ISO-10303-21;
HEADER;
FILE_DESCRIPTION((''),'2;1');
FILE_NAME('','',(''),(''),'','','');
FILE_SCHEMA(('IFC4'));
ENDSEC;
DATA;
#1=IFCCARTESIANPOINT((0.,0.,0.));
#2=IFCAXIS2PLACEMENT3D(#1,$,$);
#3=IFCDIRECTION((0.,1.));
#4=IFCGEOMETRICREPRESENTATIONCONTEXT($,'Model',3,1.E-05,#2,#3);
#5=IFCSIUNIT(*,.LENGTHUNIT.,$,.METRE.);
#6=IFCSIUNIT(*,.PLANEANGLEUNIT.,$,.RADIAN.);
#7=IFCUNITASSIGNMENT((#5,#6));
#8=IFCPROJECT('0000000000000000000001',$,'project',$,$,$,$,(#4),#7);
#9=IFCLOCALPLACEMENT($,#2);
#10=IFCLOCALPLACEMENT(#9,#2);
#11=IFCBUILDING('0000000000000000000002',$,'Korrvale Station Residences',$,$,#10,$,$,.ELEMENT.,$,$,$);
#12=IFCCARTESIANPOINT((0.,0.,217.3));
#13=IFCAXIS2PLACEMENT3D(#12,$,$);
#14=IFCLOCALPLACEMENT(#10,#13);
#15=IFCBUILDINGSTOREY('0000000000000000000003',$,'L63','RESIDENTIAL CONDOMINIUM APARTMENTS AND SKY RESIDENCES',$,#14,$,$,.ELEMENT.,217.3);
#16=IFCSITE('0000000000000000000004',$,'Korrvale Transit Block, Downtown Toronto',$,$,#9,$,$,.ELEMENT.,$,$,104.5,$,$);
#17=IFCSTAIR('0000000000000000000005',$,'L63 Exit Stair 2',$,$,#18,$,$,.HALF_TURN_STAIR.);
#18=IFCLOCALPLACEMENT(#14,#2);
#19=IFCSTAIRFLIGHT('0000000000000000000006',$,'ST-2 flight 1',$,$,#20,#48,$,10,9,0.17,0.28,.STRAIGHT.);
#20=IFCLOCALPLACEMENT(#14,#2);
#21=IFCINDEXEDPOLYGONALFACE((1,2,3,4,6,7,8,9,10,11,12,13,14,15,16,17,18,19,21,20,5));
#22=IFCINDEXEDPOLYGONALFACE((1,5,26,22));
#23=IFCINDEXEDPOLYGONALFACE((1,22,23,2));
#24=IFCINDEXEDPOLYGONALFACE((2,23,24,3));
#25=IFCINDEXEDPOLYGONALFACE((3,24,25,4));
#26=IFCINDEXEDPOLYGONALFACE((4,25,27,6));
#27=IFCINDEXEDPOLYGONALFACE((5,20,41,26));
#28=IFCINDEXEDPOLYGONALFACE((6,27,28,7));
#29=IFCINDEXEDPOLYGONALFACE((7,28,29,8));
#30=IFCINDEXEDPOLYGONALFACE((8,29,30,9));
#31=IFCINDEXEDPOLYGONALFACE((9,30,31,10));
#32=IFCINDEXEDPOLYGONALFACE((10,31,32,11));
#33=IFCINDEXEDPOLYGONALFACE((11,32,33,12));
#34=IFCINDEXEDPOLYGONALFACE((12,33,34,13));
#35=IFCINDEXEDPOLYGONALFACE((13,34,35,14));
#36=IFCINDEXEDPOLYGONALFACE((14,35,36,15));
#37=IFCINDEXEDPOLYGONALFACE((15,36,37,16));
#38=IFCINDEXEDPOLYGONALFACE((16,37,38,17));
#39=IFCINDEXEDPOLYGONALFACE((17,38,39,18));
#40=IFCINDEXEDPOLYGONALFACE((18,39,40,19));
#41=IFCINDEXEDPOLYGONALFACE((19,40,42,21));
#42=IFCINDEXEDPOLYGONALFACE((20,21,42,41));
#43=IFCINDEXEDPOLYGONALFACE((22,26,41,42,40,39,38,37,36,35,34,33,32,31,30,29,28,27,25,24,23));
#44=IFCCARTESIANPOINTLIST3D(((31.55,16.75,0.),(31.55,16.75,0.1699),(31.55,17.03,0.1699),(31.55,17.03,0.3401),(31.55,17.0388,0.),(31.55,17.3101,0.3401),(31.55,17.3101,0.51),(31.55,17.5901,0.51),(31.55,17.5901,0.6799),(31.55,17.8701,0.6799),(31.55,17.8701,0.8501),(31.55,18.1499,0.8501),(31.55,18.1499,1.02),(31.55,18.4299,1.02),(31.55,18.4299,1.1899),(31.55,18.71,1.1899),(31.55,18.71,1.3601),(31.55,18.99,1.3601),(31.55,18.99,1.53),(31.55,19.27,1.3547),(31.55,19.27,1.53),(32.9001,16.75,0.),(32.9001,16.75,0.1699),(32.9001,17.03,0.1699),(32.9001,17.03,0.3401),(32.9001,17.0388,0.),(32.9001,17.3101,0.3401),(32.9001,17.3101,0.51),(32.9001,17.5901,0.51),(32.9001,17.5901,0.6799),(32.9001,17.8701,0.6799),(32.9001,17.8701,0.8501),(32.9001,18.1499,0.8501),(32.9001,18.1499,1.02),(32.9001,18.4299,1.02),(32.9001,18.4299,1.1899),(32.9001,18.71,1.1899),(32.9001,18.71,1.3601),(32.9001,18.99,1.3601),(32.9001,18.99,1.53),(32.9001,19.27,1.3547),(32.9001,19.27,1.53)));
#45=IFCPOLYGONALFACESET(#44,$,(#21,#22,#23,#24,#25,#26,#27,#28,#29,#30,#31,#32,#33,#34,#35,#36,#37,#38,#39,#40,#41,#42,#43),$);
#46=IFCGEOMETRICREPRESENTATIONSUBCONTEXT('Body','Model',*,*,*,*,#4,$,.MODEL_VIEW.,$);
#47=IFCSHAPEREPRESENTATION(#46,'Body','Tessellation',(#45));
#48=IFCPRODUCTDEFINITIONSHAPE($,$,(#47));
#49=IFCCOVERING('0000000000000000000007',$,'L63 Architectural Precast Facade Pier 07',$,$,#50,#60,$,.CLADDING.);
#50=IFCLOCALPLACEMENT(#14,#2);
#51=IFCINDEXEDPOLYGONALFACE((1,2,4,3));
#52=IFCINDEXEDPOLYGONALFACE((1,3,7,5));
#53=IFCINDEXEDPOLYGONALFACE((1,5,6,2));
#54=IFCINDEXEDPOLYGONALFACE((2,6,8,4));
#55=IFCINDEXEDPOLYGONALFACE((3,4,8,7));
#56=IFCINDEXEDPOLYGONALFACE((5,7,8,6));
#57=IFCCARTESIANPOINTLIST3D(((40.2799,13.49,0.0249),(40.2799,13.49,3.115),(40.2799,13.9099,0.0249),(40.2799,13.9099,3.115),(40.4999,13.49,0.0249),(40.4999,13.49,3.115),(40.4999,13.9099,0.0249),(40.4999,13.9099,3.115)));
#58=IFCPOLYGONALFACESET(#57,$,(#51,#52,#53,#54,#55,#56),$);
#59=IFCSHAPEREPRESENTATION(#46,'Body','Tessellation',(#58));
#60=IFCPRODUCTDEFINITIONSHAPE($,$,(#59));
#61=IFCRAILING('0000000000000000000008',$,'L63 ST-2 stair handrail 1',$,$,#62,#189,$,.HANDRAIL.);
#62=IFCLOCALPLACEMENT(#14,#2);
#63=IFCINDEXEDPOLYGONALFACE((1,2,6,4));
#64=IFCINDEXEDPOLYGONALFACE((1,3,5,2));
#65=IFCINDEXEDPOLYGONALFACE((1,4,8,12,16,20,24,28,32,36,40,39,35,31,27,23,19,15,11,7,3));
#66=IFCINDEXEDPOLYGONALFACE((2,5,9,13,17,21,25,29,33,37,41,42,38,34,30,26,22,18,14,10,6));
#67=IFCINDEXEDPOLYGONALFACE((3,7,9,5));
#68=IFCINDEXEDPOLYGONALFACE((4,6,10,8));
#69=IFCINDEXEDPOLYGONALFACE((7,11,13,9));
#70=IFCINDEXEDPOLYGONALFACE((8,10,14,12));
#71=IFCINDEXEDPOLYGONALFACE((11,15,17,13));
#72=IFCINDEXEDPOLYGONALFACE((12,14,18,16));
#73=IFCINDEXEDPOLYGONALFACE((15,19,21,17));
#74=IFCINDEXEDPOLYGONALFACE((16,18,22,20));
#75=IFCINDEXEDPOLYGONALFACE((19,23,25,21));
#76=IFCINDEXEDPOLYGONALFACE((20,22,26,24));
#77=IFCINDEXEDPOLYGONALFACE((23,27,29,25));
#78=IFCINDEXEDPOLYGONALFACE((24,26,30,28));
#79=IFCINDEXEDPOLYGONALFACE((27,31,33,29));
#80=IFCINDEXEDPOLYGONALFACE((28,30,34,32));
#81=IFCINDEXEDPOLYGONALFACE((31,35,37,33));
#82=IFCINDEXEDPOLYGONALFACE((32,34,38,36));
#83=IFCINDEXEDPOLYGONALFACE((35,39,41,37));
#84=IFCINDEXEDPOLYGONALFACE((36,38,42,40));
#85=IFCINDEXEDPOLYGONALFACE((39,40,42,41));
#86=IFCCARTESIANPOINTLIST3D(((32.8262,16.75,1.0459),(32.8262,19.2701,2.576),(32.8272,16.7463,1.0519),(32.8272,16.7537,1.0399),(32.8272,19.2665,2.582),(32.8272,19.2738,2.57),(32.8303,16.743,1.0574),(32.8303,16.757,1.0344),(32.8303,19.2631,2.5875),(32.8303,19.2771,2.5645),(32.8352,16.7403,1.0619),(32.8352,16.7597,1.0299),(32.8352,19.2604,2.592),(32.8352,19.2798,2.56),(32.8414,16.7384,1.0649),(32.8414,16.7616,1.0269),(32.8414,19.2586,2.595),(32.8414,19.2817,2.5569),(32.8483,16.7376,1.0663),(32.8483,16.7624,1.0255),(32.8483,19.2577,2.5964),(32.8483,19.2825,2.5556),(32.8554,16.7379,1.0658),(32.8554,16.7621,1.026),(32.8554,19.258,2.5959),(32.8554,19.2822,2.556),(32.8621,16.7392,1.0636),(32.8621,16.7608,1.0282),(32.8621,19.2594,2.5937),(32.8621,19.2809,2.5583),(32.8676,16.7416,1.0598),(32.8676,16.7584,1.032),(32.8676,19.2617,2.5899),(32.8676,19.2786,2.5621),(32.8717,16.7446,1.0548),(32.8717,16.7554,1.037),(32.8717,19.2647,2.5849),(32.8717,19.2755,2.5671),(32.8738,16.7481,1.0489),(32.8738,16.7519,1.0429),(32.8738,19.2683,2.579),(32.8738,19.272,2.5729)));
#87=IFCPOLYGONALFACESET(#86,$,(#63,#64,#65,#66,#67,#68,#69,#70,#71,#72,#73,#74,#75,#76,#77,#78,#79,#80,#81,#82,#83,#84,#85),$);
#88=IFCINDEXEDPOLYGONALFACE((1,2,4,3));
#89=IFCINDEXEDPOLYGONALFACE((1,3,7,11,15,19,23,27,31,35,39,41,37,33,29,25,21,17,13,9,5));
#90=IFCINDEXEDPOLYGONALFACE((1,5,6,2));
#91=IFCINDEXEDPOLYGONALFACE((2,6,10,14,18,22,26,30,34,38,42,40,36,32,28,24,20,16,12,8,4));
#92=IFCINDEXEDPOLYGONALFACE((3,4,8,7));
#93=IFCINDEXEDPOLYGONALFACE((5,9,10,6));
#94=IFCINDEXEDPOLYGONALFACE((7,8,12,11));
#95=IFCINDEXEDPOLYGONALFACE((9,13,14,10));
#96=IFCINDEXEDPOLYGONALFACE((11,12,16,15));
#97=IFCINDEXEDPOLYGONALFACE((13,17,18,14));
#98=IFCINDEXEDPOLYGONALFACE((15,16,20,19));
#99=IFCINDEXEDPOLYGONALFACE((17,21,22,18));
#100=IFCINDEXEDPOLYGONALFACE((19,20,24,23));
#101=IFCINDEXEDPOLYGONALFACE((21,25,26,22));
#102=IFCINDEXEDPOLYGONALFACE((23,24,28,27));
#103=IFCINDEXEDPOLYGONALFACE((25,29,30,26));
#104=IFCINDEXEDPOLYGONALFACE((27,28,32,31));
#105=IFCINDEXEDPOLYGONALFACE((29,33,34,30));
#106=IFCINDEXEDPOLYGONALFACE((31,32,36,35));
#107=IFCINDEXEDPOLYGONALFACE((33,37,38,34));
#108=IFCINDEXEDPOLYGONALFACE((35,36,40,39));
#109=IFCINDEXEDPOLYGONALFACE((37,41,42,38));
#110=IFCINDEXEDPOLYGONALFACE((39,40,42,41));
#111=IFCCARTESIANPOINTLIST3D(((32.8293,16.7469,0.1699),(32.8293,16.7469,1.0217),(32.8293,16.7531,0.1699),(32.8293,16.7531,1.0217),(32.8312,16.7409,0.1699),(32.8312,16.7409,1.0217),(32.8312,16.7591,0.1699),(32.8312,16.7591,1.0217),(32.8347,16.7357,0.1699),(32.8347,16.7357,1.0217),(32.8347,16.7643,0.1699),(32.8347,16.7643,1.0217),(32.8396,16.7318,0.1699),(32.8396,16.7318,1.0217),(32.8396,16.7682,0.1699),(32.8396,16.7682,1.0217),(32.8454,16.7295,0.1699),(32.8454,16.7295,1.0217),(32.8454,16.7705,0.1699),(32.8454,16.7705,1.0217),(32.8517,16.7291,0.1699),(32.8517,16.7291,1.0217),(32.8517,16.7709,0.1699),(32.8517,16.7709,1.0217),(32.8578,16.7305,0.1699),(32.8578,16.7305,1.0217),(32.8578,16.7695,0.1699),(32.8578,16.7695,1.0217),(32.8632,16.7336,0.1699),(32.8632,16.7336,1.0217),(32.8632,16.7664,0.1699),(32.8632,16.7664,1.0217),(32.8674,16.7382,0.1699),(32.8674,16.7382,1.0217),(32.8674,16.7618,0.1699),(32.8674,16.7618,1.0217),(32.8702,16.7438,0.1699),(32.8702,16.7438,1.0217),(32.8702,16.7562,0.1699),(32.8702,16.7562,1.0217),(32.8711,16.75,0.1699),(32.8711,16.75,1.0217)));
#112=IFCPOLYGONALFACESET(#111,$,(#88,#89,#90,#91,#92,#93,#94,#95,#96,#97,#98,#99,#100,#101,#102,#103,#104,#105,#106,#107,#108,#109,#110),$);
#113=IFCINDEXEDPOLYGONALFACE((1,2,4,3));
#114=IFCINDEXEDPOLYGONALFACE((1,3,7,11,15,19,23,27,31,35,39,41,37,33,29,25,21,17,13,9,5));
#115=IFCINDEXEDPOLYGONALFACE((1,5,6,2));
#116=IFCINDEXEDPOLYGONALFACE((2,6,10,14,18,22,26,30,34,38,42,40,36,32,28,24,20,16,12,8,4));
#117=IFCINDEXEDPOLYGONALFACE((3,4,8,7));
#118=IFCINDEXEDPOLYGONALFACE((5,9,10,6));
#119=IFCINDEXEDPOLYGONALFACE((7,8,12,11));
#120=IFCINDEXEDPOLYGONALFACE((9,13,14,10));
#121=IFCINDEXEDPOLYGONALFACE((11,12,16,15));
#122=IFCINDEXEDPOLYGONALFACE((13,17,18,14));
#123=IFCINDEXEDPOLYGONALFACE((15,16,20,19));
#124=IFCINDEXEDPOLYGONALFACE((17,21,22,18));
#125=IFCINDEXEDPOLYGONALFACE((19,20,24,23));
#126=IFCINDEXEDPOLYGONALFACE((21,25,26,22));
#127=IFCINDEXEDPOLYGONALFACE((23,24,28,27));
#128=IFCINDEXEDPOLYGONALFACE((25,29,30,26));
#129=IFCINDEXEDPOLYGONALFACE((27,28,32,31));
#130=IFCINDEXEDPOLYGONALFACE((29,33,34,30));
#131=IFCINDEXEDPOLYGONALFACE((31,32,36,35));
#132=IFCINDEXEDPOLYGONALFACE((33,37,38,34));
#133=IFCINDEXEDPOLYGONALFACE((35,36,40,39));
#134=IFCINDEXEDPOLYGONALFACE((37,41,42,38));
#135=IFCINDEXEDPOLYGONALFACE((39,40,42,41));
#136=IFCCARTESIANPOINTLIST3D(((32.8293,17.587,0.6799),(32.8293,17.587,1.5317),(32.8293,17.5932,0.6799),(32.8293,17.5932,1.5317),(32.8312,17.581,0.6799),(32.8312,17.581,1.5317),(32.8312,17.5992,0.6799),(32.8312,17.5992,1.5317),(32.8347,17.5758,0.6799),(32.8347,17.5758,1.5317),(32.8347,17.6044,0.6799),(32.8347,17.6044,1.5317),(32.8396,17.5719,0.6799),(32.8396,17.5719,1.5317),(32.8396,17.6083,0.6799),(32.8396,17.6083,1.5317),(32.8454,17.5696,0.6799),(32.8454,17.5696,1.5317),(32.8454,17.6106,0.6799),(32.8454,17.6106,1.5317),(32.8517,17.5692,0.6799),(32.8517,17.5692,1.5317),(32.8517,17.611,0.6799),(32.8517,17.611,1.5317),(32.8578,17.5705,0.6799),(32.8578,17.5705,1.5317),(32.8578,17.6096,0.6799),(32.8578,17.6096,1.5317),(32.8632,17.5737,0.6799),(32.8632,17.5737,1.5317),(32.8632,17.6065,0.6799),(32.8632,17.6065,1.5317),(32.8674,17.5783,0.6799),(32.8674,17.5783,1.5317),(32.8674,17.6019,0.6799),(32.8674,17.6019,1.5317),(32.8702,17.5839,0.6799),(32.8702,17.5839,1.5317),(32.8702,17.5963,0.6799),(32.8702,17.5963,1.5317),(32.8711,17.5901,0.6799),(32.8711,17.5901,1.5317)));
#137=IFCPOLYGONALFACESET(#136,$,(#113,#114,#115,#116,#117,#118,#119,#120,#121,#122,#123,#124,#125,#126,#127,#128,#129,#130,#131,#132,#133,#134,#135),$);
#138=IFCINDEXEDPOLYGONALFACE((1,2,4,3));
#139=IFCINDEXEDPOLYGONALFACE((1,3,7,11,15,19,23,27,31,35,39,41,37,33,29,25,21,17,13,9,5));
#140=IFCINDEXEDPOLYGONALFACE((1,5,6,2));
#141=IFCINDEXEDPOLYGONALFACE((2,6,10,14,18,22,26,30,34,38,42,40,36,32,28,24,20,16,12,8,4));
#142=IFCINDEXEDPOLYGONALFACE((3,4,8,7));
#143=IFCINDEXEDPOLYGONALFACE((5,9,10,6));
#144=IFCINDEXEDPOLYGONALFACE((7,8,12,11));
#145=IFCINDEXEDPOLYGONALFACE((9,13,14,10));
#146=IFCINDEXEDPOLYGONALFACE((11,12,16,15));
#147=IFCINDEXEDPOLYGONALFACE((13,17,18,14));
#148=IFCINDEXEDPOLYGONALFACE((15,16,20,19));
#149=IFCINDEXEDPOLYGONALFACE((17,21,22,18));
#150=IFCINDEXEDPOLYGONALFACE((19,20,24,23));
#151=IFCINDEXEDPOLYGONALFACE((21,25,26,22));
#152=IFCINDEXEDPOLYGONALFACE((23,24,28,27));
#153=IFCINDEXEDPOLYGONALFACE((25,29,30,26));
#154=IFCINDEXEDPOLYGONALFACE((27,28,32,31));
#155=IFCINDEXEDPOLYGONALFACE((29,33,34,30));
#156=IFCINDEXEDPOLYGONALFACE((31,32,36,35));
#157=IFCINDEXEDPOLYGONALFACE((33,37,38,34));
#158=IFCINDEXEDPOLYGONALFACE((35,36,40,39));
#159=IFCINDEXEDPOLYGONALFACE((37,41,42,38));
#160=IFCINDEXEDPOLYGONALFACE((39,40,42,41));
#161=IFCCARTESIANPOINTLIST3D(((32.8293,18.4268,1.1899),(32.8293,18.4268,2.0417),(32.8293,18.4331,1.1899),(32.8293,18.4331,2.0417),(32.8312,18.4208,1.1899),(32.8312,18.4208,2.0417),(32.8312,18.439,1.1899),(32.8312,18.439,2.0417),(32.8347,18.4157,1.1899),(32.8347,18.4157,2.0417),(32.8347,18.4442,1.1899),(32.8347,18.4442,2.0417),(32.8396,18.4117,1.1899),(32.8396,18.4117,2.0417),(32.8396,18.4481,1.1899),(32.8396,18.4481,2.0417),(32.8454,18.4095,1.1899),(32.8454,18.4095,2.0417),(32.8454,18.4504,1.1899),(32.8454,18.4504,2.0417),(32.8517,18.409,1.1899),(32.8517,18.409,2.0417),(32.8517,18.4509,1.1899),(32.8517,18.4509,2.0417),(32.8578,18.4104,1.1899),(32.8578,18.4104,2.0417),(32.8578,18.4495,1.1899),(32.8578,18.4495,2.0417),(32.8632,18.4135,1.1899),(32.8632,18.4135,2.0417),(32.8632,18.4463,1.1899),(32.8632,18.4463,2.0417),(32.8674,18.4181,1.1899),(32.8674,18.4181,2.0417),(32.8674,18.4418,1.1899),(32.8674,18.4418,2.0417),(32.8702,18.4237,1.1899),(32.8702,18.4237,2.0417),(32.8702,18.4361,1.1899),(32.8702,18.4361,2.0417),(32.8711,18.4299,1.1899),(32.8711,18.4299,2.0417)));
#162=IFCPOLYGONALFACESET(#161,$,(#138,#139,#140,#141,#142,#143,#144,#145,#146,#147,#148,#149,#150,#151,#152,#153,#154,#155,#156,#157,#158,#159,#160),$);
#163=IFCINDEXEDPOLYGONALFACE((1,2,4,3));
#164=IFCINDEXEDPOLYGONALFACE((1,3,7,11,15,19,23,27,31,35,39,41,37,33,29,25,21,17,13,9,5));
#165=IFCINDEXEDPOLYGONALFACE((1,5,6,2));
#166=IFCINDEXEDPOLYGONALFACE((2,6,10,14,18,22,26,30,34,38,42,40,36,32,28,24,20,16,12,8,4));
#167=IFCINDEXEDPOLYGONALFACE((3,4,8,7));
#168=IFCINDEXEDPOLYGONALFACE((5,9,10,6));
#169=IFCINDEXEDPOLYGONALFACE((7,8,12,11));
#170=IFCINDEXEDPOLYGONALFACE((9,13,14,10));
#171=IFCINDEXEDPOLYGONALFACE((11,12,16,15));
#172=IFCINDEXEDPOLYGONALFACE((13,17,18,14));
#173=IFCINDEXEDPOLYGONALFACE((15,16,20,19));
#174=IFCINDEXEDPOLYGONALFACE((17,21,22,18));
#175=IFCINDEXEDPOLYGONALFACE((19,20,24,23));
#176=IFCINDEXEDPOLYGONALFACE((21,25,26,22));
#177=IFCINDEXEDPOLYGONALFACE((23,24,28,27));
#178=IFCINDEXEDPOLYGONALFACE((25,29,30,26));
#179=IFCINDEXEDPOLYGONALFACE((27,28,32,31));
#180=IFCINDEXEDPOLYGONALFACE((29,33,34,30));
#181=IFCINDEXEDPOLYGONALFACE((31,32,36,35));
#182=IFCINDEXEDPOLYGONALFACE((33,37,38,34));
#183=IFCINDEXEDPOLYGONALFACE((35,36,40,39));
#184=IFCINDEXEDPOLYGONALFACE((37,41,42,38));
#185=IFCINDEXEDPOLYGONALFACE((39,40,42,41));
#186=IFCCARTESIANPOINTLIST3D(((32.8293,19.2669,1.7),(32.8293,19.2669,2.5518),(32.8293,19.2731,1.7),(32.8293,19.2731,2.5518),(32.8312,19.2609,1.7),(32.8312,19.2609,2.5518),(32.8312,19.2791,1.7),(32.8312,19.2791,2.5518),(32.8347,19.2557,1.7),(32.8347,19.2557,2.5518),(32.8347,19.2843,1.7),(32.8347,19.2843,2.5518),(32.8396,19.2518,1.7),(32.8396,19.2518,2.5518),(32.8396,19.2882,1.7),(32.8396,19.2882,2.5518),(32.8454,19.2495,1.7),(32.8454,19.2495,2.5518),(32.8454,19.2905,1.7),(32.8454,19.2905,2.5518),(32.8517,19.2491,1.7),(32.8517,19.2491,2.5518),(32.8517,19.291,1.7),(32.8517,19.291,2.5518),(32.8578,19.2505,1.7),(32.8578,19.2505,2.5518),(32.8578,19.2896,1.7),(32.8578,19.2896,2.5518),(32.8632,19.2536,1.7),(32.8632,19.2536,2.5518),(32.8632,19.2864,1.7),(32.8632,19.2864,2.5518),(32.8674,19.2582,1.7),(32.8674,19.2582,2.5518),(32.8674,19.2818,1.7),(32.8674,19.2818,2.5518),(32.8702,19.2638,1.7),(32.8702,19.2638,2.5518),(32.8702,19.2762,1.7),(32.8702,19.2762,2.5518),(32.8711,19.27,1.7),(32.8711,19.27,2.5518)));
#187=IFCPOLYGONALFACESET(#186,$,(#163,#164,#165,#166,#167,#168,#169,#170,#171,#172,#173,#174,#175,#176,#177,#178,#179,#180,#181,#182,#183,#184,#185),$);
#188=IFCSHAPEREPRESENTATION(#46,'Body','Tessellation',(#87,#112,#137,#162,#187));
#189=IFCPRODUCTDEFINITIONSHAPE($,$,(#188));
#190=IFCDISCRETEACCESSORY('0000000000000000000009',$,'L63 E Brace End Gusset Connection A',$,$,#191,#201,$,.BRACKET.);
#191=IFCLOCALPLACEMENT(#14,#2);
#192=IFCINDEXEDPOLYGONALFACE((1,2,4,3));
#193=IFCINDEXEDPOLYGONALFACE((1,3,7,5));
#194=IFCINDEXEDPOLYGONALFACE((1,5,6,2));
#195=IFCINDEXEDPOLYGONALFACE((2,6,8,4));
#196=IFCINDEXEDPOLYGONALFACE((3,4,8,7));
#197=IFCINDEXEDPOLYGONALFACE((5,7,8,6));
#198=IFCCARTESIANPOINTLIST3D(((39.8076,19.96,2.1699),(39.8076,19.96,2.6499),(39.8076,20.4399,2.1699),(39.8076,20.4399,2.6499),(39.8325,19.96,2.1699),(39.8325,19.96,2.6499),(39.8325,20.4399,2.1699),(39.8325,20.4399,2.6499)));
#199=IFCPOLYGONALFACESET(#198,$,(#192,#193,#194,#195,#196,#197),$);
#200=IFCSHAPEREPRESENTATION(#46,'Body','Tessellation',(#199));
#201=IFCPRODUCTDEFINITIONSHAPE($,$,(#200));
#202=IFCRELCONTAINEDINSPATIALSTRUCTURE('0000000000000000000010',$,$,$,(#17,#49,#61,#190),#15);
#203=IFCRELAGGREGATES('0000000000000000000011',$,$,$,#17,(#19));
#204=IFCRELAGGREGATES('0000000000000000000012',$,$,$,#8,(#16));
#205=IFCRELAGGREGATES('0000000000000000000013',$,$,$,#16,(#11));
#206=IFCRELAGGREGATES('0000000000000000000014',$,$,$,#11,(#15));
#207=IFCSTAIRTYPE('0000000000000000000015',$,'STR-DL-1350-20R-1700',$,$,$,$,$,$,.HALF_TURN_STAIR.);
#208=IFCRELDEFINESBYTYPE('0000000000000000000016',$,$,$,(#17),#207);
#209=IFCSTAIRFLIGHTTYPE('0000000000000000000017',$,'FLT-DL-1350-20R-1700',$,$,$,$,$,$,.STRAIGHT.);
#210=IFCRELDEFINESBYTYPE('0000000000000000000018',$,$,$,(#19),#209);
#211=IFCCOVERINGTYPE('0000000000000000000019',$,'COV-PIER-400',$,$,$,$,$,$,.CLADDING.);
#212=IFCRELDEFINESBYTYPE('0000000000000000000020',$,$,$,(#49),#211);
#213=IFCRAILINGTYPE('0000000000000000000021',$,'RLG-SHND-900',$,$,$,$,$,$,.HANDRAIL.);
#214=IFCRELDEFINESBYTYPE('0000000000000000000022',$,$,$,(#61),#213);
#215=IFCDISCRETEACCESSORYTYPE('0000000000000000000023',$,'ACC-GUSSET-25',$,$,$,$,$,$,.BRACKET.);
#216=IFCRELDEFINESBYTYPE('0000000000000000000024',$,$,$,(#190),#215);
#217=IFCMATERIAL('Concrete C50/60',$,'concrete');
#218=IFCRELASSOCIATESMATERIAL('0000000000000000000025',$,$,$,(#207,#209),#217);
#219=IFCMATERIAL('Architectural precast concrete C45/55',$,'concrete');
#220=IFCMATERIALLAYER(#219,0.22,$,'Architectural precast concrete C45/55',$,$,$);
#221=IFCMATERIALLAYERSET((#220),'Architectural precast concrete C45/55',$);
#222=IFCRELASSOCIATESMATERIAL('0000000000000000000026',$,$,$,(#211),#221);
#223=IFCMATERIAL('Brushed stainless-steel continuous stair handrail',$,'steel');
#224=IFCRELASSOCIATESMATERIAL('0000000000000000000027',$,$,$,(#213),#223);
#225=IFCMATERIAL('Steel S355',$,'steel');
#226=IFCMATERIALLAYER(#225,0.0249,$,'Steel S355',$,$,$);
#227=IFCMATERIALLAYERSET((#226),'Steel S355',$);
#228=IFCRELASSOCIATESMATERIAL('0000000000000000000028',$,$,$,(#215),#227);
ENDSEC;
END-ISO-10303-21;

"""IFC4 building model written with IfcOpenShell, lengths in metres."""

from ifc_helpers import new_model, si_unit, direction, frame, origin, origin_2d, place, context, subcontext, project, spatial, polyline, rectangle, circle, outline, extrude, material, layer, layer_set, type_object, element, aggregate, save


model = new_model("IFC4")

# Units and contexts
model_context = context("Model", 3, precision=1e-05, world=origin(), true_north=direction((0.0, 1.0)))
body_context = subcontext(model_context, "Body", "Model", "MODEL_VIEW")
ifc_project = project(units=[si_unit("LENGTHUNIT", "METRE"), si_unit("PLANEANGLEUNIT", "RADIAN")], contexts=[model_context])

# Site, building, storey
site_placement = place(None, origin())
site = spatial("IfcSite", under=ifc_project, at=site_placement, Name="Korrvale Transit Block, Downtown Toronto", CompositionType="ELEMENT", RefElevation=104.5)
building_placement = place(site_placement, origin())
building = spatial("IfcBuilding", under=site, at=building_placement, Name="Korrvale Station Residences", CompositionType="ELEMENT")
storey_placement = place(building_placement, frame((0.0, 0.0, 217.3)))
storey = spatial("IfcBuildingStorey", under=building, at=storey_placement, Name="L63", Description="RESIDENTIAL CONDOMINIUM APARTMENTS AND SKY RESIDENCES", CompositionType="ELEMENT", Elevation=217.3)

# Shared definitions
ifc_material_1 = material(Name="Concrete C50/60", Category="concrete")

# Shared definitions
ifc_material_2 = material(Name="Steel S355", Category="steel")

# Stair, stair flight
stair_type = type_object("IfcStairType", Name="STR-DL-1350-20R-1700", PredefinedType="HALF_TURN_STAIR", material=ifc_material_1)
stair_placement = place(storey_placement, origin())
stair = element("IfcStair", 1, at=stair_placement, inside=storey, type_object=stair_type, Name="L63 Exit Stair 2", PredefinedType="HALF_TURN_STAIR")
stair_flight_type = type_object("IfcStairFlightType", Name="FLT-DL-1350-20R-1700", PredefinedType="STRAIGHT", material=ifc_material_1)
stair_flight_placement = place(storey_placement, frame((32.2251, 16.75, 0.0), z_axis=(0.0, 0.0, 1.0), x_axis=(0.0, 1.0, 0.0)))
stair_flight = element("IfcStairFlight", 2, at=stair_flight_placement, type_object=stair_flight_type, Name="ST-2 flight 1", NumberOfRisers=10, NumberOfTreads=9, PredefinedType="STRAIGHT", RiserHeight=0.17, TreadLength=0.28, context=body_context, shape_type="SweptSolid", body=[
    extrude(outline(polyline([(0.0, 0.0), (0.0, 0.1699), (0.28, 0.1699), (0.28, 0.3401), (0.5601, 0.3401), (0.5601, 0.51), (0.8401, 0.51), (0.8401, 0.6799), (1.1201, 0.6799), (1.1201, 0.8501), (1.3999, 0.8501), (1.3999, 1.02), (1.6799, 1.02), (1.6799, 1.1899), (1.96, 1.1899), (1.96, 1.3601), (2.24, 1.3601), (2.24, 1.53), (2.52, 1.53), (2.52, 1.7), (2.52, 1.3547), (0.2888, 0.0), (0.0, 0.0)])), frame((0.0, 0.675, 0.0), z_axis=(0.0, -1.0, 0.0), x_axis=(1.0, 0.0, 0.0)), (0.0, 0.0, 1.0), 1.3501),
])
aggregate(stair, [stair_flight])

# Covering
ifc_material_3 = material(Name="Architectural precast concrete C45/55", Category="concrete")
ifc_layer_1 = layer(ifc_material_3, 0.22, Name="Architectural precast concrete C45/55")
ifc_layer_set_1 = layer_set([ifc_layer_1], Name="Architectural precast concrete C45/55")
covering_type = type_object("IfcCoveringType", Name="COV-PIER-400", PredefinedType="CLADDING", material=ifc_layer_set_1)
covering_placement = place(storey_placement, frame((40.3899, 13.7, 0.0249), z_axis=(0.0, 0.0, 1.0), x_axis=(0.0, 1.0, 0.0)))
element("IfcCovering", 3, at=covering_placement, inside=storey, type_object=covering_type, Name="L63 Architectural Precast Facade Pier 07", PredefinedType="CLADDING", context=body_context, shape_type="SweptSolid", body=[
    extrude(rectangle(XDim=0.4199, YDim=0.22, at=origin_2d()), origin(), (0.0, 0.0, 1.0), 3.0901),
])

# Railing
ifc_material_4 = material(Name="Brushed stainless-steel continuous stair handrail", Category="steel")
railing_type = type_object("IfcRailingType", Name="RLG-SHND-900", PredefinedType="HANDRAIL", material=ifc_material_4)
railing_placement = place(storey_placement, frame((32.8501, 16.75, 0.1699)))
element("IfcRailing", 4, at=railing_placement, inside=storey, type_object=railing_type, Name="L63 ST-2 stair handrail 1", PredefinedType="HANDRAIL", context=body_context, shape_type="SweptSolid", body=[
    extrude(circle(Radius=0.0239, at=origin_2d()), frame((0.0, 0.0, 0.876), z_axis=(0.0, 0.854785, 0.518982), x_axis=(-1.0, 0.0, 0.0)), (0.0, 0.0, 1.0), 2.9482),
    extrude(circle(Radius=0.021, at=origin_2d()), origin(), (0.0, 0.0, 1.0), 0.8518),
    extrude(circle(Radius=0.021, at=origin_2d()), frame((0.0, 0.8401, 0.51)), (0.0, 0.0, 1.0), 0.8518),
    extrude(circle(Radius=0.021, at=origin_2d()), frame((0.0, 1.6799, 1.02)), (0.0, 0.0, 1.0), 0.8518),
    extrude(circle(Radius=0.021, at=origin_2d()), frame((0.0, 2.52, 1.53)), (0.0, 0.0, 1.0), 0.8518),
])

# Discrete accessory
ifc_layer_2 = layer(ifc_material_2, 0.0249, Name="Steel S355")
ifc_layer_set_2 = layer_set([ifc_layer_2], Name="Steel S355")
discrete_accessory_type = type_object("IfcDiscreteAccessoryType", Name="ACC-GUSSET-25", PredefinedType="BRACKET", material=ifc_layer_set_2)
discrete_accessory_placement = place(storey_placement, frame((39.8201, 20.2, 2.1699), z_axis=(0.0, 0.0, 1.0), x_axis=(0.0, 1.0, 0.0)))
element("IfcDiscreteAccessory", 5, at=discrete_accessory_placement, inside=storey, type_object=discrete_accessory_type, Name="L63 E Brace End Gusset Connection A", PredefinedType="BRACKET", context=body_context, shape_type="SweptSolid", body=[
    extrude(rectangle(XDim=0.48, YDim=0.0249, at=origin_2d()), origin(), (0.0, 0.0, 1.0), 0.48),
])

save(model, "model.ifc")
